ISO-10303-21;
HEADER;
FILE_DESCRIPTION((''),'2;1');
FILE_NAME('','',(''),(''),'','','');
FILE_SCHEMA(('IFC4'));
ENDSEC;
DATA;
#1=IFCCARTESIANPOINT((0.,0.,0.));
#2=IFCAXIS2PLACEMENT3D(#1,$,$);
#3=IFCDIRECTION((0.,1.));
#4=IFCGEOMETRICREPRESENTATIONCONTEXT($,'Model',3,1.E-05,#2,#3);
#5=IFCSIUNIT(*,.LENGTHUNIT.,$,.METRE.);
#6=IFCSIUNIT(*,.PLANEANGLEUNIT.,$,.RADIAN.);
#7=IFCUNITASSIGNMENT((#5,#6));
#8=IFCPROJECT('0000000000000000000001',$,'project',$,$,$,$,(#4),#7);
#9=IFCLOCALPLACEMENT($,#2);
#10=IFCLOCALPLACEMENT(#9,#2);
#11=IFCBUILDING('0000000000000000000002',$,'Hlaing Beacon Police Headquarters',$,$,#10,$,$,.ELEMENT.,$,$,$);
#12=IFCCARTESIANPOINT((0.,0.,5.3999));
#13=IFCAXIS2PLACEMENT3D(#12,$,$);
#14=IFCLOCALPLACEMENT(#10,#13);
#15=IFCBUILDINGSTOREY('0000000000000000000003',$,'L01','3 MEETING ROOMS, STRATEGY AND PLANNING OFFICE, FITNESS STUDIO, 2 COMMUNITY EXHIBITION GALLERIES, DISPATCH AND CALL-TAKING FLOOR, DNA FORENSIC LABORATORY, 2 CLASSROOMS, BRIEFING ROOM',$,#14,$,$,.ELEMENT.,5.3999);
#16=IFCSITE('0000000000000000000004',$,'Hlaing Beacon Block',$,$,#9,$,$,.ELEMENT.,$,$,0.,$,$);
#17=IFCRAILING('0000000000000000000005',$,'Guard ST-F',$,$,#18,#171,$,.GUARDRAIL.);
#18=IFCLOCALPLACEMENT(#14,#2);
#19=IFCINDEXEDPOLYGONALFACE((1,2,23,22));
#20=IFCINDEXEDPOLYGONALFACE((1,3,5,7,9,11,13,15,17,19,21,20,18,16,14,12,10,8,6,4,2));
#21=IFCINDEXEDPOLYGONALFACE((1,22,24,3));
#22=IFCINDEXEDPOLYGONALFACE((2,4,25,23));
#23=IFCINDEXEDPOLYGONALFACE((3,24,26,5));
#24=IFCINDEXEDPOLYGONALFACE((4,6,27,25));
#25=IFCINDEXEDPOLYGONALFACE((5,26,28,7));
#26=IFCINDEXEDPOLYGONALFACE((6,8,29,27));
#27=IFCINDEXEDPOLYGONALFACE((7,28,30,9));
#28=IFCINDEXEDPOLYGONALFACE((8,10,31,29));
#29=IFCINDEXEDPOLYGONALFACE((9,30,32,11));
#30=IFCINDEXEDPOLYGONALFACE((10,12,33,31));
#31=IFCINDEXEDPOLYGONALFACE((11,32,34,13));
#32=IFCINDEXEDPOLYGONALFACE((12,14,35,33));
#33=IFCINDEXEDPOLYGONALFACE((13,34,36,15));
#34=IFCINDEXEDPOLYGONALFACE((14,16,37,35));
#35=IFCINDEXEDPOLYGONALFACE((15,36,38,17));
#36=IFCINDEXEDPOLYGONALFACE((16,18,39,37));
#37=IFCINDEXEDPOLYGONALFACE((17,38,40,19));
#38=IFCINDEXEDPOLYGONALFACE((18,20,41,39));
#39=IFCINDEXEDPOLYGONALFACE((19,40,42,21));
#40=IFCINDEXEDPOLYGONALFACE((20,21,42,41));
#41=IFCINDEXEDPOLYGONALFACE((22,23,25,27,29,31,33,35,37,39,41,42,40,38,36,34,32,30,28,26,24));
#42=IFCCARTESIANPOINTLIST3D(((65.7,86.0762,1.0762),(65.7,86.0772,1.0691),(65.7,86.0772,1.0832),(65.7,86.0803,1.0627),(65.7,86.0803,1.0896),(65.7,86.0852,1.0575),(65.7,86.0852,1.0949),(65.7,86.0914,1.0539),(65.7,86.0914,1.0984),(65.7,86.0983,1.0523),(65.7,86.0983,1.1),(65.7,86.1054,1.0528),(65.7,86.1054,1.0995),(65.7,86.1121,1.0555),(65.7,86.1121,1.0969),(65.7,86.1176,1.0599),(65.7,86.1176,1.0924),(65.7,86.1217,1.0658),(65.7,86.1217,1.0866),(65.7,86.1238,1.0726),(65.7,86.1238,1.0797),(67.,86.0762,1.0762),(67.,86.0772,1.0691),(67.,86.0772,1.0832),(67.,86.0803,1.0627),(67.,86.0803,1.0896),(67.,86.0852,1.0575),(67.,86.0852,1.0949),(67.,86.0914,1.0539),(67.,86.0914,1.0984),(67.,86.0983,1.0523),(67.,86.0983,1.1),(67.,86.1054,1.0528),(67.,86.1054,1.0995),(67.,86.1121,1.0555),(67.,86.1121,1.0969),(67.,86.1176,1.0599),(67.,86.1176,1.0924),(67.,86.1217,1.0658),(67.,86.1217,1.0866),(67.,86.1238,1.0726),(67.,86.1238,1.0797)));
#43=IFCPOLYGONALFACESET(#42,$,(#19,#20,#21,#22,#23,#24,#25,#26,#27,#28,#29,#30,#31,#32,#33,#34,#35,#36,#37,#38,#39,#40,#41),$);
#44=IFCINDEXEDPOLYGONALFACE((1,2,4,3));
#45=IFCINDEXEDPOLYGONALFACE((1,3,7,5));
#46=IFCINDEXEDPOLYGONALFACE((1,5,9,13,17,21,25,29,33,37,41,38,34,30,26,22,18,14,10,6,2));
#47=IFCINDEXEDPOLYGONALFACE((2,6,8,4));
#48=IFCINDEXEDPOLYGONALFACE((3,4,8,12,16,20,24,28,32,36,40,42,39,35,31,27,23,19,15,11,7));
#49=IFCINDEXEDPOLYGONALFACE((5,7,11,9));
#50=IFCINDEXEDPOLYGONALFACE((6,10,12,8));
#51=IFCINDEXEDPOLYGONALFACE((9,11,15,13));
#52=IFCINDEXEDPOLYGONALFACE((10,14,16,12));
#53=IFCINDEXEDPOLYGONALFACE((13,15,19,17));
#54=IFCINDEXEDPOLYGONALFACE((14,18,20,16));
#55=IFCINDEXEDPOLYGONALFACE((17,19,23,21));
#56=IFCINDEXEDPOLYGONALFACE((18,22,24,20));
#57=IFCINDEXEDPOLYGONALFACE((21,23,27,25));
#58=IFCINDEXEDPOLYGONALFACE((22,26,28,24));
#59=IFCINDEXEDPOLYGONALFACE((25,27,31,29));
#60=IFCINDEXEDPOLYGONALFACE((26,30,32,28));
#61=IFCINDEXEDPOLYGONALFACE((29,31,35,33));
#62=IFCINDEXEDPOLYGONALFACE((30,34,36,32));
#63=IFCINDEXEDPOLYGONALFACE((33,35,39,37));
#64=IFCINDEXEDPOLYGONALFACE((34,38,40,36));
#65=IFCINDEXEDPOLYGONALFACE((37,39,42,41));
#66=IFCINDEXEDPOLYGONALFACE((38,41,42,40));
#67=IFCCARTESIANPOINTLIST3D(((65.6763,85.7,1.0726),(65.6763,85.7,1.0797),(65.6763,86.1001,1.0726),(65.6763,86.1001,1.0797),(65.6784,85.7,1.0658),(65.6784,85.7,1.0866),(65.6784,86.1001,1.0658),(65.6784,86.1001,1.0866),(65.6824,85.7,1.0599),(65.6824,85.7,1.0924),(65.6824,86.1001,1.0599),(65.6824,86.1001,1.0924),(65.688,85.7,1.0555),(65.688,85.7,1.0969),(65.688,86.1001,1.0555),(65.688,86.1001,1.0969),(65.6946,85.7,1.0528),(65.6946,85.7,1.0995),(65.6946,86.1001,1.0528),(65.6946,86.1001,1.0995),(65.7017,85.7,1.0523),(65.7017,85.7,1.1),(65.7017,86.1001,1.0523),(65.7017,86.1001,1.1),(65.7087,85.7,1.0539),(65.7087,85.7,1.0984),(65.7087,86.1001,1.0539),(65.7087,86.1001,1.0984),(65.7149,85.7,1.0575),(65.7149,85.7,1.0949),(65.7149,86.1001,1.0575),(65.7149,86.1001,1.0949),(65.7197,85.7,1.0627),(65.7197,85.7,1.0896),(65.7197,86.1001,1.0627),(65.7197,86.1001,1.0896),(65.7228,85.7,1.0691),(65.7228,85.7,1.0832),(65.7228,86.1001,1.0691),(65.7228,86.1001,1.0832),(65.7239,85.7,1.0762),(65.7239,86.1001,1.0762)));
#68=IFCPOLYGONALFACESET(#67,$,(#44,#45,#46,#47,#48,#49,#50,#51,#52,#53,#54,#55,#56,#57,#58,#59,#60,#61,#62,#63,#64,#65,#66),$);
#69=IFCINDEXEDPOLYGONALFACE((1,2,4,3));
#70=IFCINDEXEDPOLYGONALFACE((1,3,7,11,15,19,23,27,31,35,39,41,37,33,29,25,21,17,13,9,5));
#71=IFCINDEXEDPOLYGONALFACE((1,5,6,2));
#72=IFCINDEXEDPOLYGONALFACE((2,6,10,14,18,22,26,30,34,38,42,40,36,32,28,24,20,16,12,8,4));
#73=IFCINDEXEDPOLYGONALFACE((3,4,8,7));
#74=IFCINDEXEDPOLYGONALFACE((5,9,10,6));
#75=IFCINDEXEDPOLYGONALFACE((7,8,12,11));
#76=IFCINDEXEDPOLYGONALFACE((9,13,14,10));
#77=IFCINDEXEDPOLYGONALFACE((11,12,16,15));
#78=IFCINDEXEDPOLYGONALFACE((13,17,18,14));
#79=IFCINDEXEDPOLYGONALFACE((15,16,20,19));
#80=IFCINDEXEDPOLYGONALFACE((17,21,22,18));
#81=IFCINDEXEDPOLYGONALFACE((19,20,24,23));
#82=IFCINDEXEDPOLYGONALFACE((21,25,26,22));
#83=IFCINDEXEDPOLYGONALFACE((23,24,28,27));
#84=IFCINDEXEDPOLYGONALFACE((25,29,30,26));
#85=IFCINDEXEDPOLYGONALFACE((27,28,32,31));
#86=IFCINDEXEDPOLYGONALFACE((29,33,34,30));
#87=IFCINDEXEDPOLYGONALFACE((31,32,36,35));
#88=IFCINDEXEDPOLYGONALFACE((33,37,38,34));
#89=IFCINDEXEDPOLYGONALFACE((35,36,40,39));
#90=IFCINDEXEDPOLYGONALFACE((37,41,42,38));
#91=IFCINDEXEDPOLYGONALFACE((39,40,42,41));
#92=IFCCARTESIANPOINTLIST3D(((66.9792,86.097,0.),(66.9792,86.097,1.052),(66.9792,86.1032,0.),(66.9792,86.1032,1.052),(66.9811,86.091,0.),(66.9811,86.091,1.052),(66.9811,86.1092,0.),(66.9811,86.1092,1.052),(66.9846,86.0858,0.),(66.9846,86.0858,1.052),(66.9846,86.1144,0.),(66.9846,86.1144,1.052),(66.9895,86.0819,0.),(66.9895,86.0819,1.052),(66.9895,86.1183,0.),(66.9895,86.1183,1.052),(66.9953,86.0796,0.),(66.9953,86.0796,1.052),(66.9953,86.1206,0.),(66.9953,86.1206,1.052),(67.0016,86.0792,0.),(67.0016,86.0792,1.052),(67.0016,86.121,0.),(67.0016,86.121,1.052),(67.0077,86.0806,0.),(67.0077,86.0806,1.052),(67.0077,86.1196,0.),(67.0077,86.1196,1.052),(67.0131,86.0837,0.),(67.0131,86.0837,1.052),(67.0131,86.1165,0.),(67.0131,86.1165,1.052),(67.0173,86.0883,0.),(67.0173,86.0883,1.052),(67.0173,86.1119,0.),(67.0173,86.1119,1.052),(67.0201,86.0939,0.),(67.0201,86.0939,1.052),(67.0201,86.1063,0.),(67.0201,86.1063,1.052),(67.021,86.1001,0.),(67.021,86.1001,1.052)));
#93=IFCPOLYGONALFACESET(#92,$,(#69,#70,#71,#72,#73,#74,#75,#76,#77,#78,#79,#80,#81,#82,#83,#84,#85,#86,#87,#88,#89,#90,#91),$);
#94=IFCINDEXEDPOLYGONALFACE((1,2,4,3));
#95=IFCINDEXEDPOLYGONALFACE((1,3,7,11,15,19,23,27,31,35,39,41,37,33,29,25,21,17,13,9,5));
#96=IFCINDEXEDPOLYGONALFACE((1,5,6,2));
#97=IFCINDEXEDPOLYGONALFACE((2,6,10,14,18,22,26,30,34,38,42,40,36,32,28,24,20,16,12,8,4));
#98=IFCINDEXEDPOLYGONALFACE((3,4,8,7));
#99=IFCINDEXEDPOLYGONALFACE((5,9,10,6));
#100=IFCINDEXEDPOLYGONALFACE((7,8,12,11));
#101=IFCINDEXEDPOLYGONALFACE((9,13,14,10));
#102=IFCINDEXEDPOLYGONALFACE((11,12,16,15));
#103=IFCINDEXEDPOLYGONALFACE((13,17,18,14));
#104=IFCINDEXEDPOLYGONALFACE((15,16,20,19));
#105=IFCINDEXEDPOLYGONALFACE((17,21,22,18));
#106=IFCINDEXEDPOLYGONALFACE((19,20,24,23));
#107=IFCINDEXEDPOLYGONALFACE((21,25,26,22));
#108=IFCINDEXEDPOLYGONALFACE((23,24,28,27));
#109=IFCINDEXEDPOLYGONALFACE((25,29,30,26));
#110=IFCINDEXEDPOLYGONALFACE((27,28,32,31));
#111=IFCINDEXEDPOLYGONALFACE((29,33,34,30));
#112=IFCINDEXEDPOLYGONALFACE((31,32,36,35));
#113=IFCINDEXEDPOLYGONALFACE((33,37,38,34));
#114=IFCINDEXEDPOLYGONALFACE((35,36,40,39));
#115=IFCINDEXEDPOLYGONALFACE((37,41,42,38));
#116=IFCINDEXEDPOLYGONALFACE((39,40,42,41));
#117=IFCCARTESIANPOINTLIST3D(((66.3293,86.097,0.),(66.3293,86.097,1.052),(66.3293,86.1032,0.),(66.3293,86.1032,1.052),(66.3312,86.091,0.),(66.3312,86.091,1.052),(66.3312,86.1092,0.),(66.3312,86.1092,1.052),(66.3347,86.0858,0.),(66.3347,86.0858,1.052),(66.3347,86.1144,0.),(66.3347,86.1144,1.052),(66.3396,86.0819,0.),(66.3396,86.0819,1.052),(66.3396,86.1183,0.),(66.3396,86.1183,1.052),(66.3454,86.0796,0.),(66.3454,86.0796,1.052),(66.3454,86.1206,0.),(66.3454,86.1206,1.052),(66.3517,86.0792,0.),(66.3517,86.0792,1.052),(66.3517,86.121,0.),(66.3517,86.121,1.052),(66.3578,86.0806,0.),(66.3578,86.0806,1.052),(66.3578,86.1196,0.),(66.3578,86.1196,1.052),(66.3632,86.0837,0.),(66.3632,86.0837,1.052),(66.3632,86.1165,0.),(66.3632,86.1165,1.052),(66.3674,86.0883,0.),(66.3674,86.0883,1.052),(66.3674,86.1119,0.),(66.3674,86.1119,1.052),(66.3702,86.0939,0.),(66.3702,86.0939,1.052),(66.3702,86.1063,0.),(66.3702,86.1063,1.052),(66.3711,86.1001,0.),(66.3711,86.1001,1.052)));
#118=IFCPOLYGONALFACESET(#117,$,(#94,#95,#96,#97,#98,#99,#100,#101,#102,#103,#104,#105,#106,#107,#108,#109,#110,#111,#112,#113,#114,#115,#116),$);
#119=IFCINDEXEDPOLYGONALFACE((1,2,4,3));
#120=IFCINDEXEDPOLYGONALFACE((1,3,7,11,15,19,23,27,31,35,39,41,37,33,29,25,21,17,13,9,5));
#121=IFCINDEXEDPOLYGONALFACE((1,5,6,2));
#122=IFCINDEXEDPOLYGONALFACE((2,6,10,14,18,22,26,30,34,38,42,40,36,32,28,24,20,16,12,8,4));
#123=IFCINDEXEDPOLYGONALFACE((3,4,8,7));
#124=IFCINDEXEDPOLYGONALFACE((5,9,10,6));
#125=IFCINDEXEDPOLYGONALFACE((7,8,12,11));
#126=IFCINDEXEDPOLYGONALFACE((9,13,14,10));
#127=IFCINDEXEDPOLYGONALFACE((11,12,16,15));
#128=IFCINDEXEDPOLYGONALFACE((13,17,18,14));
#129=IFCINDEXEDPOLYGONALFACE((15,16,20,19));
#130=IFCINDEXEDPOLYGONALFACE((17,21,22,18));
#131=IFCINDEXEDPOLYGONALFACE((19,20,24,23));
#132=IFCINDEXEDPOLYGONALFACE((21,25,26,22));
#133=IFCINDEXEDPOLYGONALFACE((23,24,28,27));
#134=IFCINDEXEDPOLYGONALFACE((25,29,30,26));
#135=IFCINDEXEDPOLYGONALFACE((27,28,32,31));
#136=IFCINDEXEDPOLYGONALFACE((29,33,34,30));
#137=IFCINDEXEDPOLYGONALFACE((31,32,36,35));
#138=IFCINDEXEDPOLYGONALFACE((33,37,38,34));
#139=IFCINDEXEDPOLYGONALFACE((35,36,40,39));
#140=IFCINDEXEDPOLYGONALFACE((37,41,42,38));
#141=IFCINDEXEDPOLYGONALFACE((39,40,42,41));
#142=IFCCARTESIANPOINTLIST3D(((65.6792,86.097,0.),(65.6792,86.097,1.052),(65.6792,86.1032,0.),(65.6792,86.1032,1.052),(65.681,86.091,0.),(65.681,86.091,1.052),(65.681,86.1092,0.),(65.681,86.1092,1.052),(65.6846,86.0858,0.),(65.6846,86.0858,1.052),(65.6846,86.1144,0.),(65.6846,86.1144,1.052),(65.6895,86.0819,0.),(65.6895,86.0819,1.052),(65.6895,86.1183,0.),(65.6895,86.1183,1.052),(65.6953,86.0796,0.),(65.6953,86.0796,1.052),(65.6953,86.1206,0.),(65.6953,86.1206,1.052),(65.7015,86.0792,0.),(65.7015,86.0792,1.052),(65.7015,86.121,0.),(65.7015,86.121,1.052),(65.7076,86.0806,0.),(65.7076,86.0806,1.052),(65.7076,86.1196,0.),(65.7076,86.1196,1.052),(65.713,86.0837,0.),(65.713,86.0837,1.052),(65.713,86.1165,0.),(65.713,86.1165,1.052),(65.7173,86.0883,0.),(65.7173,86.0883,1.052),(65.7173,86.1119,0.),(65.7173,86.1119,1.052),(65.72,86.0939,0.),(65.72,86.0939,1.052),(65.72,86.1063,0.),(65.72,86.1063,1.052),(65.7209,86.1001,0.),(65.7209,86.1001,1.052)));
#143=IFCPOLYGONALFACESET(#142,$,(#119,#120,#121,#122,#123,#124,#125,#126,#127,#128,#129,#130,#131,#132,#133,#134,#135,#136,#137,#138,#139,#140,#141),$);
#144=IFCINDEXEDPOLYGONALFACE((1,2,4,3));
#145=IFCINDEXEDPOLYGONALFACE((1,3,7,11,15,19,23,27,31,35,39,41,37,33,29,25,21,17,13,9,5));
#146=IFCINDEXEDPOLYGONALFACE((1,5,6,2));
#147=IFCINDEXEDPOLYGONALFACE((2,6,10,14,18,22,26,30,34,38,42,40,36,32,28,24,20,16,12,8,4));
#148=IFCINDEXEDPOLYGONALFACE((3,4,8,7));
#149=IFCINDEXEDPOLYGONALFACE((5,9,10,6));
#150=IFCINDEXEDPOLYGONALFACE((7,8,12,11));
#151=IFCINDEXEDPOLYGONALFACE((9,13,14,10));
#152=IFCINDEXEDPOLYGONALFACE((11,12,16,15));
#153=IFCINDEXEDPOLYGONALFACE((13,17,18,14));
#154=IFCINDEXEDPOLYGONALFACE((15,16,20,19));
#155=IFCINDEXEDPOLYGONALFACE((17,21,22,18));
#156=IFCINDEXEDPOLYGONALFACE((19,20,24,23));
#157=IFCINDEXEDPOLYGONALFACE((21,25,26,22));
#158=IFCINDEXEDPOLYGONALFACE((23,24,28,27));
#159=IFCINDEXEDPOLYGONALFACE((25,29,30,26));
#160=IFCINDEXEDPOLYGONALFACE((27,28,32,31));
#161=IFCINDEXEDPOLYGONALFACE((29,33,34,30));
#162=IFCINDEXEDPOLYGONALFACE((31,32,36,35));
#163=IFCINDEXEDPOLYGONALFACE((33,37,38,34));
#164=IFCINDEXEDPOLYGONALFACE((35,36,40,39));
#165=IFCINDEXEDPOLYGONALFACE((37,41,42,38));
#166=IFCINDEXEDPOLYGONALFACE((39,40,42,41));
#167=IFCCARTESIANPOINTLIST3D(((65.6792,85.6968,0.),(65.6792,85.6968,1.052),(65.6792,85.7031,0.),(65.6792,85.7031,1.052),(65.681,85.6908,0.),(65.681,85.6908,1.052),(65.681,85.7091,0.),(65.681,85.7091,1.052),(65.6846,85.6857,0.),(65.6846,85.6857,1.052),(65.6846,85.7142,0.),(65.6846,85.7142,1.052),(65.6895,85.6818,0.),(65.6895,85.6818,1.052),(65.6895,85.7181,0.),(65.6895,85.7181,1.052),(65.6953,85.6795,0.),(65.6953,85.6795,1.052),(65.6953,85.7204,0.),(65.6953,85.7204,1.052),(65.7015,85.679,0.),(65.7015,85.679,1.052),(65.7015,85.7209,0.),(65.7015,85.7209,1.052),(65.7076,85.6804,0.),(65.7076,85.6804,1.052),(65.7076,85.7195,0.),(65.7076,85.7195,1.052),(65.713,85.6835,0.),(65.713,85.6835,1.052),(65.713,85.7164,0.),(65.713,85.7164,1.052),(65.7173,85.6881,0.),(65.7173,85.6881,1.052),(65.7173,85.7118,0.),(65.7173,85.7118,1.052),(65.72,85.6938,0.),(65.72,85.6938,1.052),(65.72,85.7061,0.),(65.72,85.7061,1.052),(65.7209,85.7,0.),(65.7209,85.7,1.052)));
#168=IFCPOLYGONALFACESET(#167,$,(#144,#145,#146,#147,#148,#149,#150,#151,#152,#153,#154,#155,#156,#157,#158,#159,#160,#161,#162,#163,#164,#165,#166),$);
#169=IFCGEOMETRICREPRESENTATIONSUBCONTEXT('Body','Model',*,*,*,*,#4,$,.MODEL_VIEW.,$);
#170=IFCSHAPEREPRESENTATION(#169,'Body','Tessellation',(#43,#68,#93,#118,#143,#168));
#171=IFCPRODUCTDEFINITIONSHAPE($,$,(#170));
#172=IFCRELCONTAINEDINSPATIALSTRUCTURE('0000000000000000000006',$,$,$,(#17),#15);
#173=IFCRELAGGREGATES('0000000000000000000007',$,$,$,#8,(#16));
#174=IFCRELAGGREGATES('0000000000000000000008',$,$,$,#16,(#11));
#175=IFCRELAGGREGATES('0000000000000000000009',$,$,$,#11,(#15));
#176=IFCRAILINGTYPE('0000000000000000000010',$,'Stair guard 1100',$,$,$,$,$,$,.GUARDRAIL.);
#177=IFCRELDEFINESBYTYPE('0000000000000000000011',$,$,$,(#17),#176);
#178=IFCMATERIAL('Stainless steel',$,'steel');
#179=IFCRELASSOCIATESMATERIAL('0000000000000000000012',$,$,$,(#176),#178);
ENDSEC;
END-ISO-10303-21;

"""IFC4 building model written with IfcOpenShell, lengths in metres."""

from ifc_helpers import new_model, si_unit, direction, frame, origin, origin_2d, place, context, subcontext, project, spatial, circle, extrude, material, type_object, element, save


model = new_model("IFC4")

# Units and contexts
model_context = context("Model", 3, precision=1e-05, world=origin(), true_north=direction((0.0, 1.0)))
body_context = subcontext(model_context, "Body", "Model", "MODEL_VIEW")
ifc_project = project(units=[si_unit("LENGTHUNIT", "METRE"), si_unit("PLANEANGLEUNIT", "RADIAN")], contexts=[model_context])

# Site, building, storey
site_placement = place(None, origin())
site = spatial("IfcSite", under=ifc_project, at=site_placement, Name="Hlaing Beacon Block", CompositionType="ELEMENT", RefElevation=0.0)
building_placement = place(site_placement, origin())
building = spatial("IfcBuilding", under=site, at=building_placement, Name="Hlaing Beacon Police Headquarters", CompositionType="ELEMENT")
storey_placement = place(building_placement, frame((0.0, 0.0, 5.3999)))
storey = spatial("IfcBuildingStorey", under=building, at=storey_placement, Name="L01", Description="3 MEETING ROOMS, STRATEGY AND PLANNING OFFICE, FITNESS STUDIO, 2 COMMUNITY EXHIBITION GALLERIES, DISPATCH AND CALL-TAKING FLOOR, DNA FORENSIC LABORATORY, 2 CLASSROOMS, BRIEFING ROOM", CompositionType="ELEMENT", Elevation=5.3999)

# Railing
ifc_material_1 = material(Name="Stainless steel", Category="steel")
railing_type_1 = type_object("IfcRailingType", Name="Stair guard 1100", PredefinedType="GUARDRAIL", material=ifc_material_1)
railing_placement = place(storey_placement, frame((67.0, 86.1001, 0.0)))
element("IfcRailing", 1, at=railing_placement, inside=storey, type_object=railing_type_1, Name="Guard ST-F", PredefinedType="GUARDRAIL", context=body_context, shape_type="SweptSolid", body=[
    extrude(circle(Radius=0.0239, at=origin_2d()), frame((0.0, 0.0, 1.0762), z_axis=(-1.0, 0.0, 0.0), x_axis=(0.0, -1.0, 0.0)), (0.0, 0.0, 1.0), 1.3),
    extrude(circle(Radius=0.0239, at=origin_2d()), frame((-1.3, 0.0, 1.0762), z_axis=(0.0, -1.0, 0.0), x_axis=(1.0, 0.0, 0.0)), (0.0, 0.0, 1.0), 0.4001),
    extrude(circle(Radius=0.021, at=origin_2d()), origin(), (0.0, 0.0, 1.0), 1.052),
    extrude(circle(Radius=0.021, at=origin_2d()), frame((-0.6499, 0.0, 0.0)), (0.0, 0.0, 1.0), 1.052),
    extrude(circle(Radius=0.021, at=origin_2d()), frame((-1.3, 0.0, 0.0)), (0.0, 0.0, 1.0), 1.052),
    extrude(circle(Radius=0.021, at=origin_2d()), frame((-1.3, -0.4001, 0.0)), (0.0, 0.0, 1.0), 1.052),
])

save(model, "model.ifc")
